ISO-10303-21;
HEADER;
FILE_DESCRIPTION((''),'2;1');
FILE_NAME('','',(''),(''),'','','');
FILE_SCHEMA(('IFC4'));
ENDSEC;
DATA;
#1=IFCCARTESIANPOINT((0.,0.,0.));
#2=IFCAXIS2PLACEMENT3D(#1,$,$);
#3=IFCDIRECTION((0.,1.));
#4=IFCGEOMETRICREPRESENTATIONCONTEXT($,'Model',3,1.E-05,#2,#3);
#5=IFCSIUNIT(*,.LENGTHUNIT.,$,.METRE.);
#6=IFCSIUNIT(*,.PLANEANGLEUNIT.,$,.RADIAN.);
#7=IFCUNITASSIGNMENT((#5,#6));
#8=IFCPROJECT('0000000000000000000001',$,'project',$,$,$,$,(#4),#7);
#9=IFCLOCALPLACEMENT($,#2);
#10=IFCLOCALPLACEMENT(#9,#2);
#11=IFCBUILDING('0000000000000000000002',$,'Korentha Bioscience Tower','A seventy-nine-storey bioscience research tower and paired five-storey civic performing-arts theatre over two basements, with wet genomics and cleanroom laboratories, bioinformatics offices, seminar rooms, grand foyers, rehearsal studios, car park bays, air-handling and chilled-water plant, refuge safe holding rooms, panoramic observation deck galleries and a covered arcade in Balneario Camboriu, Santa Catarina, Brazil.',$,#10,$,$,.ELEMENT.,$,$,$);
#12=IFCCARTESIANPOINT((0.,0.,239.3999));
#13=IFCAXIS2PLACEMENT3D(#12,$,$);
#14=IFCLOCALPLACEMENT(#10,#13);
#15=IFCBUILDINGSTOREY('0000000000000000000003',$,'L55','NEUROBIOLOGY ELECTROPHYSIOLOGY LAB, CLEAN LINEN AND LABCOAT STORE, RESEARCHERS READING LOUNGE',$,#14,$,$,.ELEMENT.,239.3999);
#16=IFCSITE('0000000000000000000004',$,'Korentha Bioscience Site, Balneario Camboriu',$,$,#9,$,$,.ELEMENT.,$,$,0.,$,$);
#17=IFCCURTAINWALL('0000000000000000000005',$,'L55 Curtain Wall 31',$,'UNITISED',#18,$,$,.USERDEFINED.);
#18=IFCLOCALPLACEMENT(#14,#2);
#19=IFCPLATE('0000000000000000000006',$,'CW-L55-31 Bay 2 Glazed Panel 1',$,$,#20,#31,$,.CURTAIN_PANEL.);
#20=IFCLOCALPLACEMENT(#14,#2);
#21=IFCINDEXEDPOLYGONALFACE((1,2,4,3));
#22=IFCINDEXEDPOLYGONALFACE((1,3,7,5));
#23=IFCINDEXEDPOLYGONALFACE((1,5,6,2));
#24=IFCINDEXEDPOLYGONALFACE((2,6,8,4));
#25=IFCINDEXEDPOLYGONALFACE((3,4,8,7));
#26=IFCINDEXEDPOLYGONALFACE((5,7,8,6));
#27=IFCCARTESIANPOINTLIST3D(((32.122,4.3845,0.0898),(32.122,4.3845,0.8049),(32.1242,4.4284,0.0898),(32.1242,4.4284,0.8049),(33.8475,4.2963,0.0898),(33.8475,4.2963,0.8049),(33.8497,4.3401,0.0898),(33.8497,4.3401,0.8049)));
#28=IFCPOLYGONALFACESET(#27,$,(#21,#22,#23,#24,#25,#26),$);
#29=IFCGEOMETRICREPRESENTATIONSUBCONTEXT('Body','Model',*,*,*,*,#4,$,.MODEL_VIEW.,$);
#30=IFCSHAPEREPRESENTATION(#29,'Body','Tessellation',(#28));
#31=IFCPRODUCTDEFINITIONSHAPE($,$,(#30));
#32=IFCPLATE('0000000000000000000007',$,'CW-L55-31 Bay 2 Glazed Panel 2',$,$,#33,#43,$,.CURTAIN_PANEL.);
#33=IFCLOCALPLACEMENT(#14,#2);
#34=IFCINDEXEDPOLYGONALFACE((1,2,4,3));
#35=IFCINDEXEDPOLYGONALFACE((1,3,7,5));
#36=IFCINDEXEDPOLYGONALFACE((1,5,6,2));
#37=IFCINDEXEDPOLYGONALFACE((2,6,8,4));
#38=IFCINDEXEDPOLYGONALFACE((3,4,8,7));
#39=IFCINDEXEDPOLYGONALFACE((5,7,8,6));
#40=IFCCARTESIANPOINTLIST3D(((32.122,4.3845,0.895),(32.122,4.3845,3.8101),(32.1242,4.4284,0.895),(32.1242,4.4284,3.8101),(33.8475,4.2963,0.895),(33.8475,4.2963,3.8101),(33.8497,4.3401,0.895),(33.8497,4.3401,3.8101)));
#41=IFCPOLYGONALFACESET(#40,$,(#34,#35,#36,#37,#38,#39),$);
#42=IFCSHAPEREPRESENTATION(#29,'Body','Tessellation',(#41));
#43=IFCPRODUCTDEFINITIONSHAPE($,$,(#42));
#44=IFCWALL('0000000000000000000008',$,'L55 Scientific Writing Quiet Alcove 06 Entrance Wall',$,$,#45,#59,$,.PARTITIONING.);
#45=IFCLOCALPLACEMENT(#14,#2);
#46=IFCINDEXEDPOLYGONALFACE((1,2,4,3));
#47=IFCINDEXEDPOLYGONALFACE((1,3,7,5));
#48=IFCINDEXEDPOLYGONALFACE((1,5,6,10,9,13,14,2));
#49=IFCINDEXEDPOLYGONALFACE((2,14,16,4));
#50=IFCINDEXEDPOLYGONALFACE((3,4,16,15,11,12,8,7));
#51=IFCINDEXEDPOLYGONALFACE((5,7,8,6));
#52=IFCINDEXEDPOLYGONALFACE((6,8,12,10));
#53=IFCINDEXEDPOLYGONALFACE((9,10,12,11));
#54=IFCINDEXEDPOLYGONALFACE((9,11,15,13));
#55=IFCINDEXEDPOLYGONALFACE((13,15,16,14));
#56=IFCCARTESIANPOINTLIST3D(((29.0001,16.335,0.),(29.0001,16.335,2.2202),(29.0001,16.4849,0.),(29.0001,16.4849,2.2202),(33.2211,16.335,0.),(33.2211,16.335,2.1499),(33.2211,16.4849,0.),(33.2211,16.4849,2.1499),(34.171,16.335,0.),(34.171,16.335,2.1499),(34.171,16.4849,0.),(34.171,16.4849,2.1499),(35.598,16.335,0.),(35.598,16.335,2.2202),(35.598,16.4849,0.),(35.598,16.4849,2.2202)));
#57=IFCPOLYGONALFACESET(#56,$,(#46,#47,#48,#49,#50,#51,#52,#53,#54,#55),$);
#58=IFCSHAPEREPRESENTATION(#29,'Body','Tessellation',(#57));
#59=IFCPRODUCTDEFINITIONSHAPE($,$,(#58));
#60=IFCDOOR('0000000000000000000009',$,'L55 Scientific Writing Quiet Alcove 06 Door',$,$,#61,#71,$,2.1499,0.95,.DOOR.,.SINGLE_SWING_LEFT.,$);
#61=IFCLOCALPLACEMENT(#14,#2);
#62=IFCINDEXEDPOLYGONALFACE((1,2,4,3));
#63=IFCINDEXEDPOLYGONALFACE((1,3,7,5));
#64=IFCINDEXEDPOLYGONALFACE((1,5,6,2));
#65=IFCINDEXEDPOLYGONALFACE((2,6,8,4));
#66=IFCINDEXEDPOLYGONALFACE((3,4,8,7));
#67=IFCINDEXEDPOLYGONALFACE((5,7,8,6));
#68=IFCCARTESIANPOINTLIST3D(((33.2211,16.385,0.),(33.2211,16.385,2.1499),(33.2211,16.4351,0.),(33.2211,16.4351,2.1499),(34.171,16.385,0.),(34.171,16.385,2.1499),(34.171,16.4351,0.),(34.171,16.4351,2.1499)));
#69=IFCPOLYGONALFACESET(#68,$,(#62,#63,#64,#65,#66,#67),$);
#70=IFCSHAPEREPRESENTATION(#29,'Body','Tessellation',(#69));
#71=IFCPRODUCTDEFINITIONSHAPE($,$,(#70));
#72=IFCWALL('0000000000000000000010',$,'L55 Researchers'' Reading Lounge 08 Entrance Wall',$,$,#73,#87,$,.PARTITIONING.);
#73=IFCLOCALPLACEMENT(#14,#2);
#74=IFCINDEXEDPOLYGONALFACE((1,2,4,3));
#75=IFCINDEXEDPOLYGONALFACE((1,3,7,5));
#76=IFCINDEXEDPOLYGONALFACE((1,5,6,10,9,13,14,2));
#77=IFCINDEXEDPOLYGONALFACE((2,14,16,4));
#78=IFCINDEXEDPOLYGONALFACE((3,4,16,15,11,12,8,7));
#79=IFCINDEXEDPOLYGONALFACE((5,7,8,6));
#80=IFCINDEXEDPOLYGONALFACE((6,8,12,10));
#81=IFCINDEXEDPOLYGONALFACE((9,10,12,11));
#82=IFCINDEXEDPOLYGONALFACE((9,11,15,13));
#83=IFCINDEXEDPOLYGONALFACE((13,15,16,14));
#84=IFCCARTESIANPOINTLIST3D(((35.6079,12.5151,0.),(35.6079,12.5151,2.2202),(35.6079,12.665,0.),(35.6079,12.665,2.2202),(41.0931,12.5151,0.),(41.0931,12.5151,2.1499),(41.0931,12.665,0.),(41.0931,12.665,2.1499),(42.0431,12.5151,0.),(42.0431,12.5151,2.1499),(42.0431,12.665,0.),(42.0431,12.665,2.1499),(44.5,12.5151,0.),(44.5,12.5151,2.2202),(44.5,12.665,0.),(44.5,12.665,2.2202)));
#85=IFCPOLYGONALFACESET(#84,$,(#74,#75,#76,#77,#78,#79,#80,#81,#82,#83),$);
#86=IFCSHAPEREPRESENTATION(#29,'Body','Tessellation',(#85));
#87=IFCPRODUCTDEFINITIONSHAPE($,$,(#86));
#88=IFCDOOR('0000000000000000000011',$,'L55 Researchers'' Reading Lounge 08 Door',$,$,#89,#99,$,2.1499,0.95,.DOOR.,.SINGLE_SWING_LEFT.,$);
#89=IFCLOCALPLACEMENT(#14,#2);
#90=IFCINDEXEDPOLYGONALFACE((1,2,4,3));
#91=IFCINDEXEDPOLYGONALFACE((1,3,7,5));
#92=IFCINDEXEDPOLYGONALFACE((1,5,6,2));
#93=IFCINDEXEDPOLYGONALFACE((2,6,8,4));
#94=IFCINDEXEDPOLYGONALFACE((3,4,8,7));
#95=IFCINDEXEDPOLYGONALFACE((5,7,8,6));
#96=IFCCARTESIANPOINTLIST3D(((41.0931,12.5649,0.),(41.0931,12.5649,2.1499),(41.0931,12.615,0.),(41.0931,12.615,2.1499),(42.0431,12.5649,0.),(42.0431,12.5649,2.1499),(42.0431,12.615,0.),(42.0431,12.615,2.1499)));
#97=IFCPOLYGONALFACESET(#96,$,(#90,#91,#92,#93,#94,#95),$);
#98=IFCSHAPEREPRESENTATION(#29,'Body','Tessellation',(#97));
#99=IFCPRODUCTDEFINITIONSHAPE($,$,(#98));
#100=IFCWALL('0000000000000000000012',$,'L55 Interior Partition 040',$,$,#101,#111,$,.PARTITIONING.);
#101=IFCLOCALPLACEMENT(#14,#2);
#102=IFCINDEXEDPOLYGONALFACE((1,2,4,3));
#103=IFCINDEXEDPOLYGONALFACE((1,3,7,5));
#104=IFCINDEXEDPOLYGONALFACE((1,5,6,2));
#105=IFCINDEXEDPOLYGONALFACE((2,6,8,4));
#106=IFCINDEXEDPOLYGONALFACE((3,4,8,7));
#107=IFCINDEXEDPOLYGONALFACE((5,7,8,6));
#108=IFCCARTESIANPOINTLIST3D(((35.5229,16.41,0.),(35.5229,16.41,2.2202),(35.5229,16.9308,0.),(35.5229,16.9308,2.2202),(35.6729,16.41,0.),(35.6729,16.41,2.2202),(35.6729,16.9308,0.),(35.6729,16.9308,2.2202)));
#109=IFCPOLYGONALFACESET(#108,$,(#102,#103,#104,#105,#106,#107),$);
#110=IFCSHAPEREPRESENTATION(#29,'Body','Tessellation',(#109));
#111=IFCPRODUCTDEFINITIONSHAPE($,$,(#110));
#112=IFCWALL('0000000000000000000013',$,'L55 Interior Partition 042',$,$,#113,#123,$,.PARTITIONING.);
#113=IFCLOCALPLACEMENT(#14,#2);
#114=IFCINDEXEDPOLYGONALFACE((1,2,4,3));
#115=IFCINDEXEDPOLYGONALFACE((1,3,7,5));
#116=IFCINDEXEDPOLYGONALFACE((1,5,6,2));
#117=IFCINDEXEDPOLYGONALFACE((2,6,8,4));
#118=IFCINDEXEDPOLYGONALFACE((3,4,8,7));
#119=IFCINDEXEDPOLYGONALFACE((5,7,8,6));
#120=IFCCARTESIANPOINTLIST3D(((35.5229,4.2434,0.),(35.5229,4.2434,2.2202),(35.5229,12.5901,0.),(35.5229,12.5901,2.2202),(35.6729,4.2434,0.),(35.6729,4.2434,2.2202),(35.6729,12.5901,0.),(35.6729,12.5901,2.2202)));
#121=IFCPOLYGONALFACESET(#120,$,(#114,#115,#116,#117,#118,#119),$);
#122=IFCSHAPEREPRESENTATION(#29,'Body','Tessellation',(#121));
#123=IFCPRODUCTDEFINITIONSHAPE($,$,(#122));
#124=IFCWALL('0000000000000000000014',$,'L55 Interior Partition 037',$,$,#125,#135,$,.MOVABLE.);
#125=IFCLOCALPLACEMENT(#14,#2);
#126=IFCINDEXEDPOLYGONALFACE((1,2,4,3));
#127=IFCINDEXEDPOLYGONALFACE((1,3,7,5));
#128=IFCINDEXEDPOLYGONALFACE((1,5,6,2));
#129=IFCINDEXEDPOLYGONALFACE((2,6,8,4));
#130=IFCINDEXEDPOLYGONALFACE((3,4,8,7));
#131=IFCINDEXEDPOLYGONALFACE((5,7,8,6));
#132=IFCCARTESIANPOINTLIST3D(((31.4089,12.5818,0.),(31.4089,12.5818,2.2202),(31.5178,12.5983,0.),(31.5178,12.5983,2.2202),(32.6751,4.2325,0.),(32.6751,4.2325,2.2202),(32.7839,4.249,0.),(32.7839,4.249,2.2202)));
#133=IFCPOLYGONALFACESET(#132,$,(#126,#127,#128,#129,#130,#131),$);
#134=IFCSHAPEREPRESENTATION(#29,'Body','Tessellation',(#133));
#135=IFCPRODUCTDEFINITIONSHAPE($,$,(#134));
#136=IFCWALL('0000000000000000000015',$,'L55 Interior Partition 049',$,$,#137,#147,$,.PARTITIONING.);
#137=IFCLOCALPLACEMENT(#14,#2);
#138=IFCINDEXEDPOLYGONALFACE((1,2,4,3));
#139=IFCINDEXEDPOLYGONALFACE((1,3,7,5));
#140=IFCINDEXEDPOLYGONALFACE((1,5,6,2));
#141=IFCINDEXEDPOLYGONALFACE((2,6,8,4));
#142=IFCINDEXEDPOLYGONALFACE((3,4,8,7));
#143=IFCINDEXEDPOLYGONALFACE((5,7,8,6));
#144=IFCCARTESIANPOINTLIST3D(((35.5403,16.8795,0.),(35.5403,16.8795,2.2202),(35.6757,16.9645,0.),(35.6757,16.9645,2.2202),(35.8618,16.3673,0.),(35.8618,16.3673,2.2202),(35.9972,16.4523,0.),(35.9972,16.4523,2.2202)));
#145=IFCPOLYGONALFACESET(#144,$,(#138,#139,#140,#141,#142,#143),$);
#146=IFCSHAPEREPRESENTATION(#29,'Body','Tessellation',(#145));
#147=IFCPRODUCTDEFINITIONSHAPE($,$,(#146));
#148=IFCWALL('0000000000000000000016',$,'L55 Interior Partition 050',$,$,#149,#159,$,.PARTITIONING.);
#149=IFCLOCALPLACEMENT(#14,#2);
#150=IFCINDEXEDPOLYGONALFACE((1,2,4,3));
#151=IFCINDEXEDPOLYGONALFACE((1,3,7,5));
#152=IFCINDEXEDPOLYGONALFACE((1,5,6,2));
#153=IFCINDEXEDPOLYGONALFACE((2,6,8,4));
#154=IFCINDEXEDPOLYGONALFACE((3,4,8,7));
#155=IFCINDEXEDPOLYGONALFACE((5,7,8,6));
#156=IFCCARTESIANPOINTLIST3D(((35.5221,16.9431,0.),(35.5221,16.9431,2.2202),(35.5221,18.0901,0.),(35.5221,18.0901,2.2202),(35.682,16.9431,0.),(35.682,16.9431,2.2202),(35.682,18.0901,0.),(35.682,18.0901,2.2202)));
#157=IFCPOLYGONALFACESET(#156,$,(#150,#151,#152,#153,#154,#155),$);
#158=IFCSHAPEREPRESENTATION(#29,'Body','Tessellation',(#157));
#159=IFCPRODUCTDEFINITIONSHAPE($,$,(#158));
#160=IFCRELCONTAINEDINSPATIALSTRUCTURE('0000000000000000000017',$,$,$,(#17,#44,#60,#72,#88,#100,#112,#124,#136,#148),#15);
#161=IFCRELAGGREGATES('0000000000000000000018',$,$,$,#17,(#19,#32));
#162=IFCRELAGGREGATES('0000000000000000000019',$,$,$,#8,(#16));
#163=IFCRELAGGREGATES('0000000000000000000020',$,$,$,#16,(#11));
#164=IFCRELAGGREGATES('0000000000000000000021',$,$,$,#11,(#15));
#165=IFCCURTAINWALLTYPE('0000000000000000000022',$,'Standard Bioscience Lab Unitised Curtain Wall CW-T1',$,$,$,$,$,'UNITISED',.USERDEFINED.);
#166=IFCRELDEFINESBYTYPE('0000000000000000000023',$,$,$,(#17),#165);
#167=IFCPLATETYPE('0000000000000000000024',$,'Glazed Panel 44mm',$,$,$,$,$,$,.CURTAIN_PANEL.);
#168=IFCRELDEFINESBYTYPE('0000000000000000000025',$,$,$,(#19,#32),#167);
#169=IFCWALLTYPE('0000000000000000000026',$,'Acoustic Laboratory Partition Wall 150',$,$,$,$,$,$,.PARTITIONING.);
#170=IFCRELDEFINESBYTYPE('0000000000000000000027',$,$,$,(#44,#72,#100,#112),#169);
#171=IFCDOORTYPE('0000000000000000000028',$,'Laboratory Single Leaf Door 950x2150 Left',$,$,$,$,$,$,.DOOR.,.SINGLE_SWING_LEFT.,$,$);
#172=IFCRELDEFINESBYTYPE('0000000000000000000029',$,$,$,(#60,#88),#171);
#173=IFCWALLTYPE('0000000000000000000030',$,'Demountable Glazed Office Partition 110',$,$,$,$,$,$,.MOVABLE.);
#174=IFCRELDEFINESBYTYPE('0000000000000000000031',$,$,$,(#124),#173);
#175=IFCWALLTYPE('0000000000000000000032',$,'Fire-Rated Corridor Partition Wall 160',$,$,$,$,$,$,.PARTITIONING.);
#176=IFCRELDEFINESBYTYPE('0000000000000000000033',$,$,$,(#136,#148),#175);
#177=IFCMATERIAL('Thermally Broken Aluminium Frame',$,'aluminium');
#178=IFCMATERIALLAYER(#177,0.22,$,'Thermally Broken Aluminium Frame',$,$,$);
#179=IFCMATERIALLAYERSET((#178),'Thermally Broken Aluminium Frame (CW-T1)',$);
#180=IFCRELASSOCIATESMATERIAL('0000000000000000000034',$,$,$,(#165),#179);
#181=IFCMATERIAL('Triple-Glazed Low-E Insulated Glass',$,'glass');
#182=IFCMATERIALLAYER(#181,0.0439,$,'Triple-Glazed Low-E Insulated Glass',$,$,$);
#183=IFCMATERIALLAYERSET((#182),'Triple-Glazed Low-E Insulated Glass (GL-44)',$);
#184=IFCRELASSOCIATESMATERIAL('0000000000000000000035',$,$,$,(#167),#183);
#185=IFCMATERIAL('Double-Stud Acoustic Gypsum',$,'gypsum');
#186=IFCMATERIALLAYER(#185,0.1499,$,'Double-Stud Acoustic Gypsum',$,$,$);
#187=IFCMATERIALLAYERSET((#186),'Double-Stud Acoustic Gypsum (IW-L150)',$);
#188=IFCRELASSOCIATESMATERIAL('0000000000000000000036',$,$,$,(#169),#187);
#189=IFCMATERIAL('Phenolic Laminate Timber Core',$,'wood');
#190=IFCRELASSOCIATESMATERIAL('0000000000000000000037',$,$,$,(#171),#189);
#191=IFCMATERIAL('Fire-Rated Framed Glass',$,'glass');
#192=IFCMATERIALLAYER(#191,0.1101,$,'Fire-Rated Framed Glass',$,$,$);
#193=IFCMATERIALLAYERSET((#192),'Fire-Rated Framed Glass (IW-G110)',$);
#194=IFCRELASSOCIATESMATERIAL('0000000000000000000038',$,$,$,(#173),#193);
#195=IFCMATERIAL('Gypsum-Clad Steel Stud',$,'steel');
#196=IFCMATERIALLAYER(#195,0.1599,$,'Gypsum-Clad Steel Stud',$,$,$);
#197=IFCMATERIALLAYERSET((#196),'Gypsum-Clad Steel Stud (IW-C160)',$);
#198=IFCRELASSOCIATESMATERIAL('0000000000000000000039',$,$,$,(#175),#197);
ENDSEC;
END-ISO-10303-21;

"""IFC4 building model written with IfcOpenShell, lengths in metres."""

from ifc_helpers import new_model, si_unit, direction, frame, frame_2d, origin, origin_2d, place, context, subcontext, project, spatial, rectangle, extrude, material, layer, layer_set, type_object, element, fill, aggregate, save


model = new_model("IFC4")

# Units and contexts
model_context = context("Model", 3, precision=1e-05, world=origin(), true_north=direction((0.0, 1.0)))
body_context = subcontext(model_context, "Body", "Model", "MODEL_VIEW")
ifc_project = project(units=[si_unit("LENGTHUNIT", "METRE"), si_unit("PLANEANGLEUNIT", "RADIAN")], contexts=[model_context])

# Site, building, storey
site_placement = place(None, origin())
site = spatial("IfcSite", under=ifc_project, at=site_placement, Name="Korentha Bioscience Site, Balneario Camboriu", CompositionType="ELEMENT", RefElevation=0.0)
building_placement = place(site_placement, origin())
building = spatial("IfcBuilding", under=site, at=building_placement, Name="Korentha Bioscience Tower", Description="A seventy-nine-storey bioscience research tower and paired five-storey civic performing-arts theatre over two basements, with wet genomics and cleanroom laboratories, bioinformatics offices, seminar rooms, grand foyers, rehearsal studios, car park bays, air-handling and chilled-water plant, refuge safe holding rooms, panoramic observation deck galleries and a covered arcade in Balneario Camboriu, Santa Catarina, Brazil.", CompositionType="ELEMENT")
storey_placement = place(building_placement, frame((0.0, 0.0, 239.3999)))
storey = spatial("IfcBuildingStorey", under=building, at=storey_placement, Name="L55", Description="NEUROBIOLOGY ELECTROPHYSIOLOGY LAB, CLEAN LINEN AND LABCOAT STORE, RESEARCHERS READING LOUNGE", CompositionType="ELEMENT", Elevation=239.3999)

# Curtain wall, plates
ifc_material_1 = material(Name="Thermally Broken Aluminium Frame", Category="aluminium")
ifc_layer_1 = layer(ifc_material_1, 0.22, Name="Thermally Broken Aluminium Frame")
ifc_layer_set_1 = layer_set([ifc_layer_1], Name="Thermally Broken Aluminium Frame (CW-T1)")
curtain_wall_type = type_object("IfcCurtainWallType", Name="Standard Bioscience Lab Unitised Curtain Wall CW-T1", ElementType="UNITISED", PredefinedType="USERDEFINED", material=ifc_layer_set_1)
curtain_wall_placement = place(storey_placement, origin())
curtain_wall = element("IfcCurtainWall", 1, at=curtain_wall_placement, inside=storey, type_object=curtain_wall_type, Name="L55 Curtain Wall 31", ObjectType="UNITISED", PredefinedType="USERDEFINED")
ifc_material_2 = material(Name="Triple-Glazed Low-E Insulated Glass", Category="glass")
ifc_layer_2 = layer(ifc_material_2, 0.0439, Name="Triple-Glazed Low-E Insulated Glass")
ifc_layer_set_2 = layer_set([ifc_layer_2], Name="Triple-Glazed Low-E Insulated Glass (GL-44)")
plate_type = type_object("IfcPlateType", Name="Glazed Panel 44mm", PredefinedType="CURTAIN_PANEL", material=ifc_layer_set_2)
plate_1_placement = place(storey_placement, frame((32.9858, 4.3623, 0.0898), z_axis=(0.0, 0.0, 1.0), x_axis=(0.998696, -0.051055, 0.0)))
plate_1 = element("IfcPlate", 2, at=plate_1_placement, type_object=plate_type, Name="CW-L55-31 Bay 2 Glazed Panel 1", PredefinedType="CURTAIN_PANEL", context=body_context, shape_type="SweptSolid", body=[
    extrude(rectangle(XDim=1.7278, YDim=0.0439, at=origin_2d()), origin(), (0.0, 0.0, 1.0), 0.7151),
])
plate_2_placement = place(storey_placement, frame((32.9858, 4.3623, 0.895), z_axis=(0.0, 0.0, 1.0), x_axis=(0.998696, -0.051055, 0.0)))
plate_2 = element("IfcPlate", 3, at=plate_2_placement, type_object=plate_type, Name="CW-L55-31 Bay 2 Glazed Panel 2", PredefinedType="CURTAIN_PANEL", context=body_context, shape_type="SweptSolid", body=[
    extrude(rectangle(XDim=1.7278, YDim=0.0439, at=origin_2d()), origin(), (0.0, 0.0, 1.0), 2.915),
])
aggregate(curtain_wall, [plate_1, plate_2])

# Walls, openings, doors
ifc_material_3 = material(Name="Double-Stud Acoustic Gypsum", Category="gypsum")
ifc_layer_3 = layer(ifc_material_3, 0.1499, Name="Double-Stud Acoustic Gypsum")
ifc_layer_set_3 = layer_set([ifc_layer_3], Name="Double-Stud Acoustic Gypsum (IW-L150)")
wall_type_1 = type_object("IfcWallType", Name="Acoustic Laboratory Partition Wall 150", PredefinedType="PARTITIONING", material=ifc_layer_set_3)
wall_1_placement = place(storey_placement, frame((35.5979, 16.4099, 0.0), z_axis=(0.0, 0.0, 1.0), x_axis=(-1.0, 0.0, 0.0)))
wall_1 = element("IfcWall", 4, at=wall_1_placement, inside=storey, type_object=wall_type_1, Name="L55 Scientific Writing Quiet Alcove 06 Entrance Wall", PredefinedType="PARTITIONING", context=body_context, shape_type="SweptSolid", body=[
    extrude(rectangle(XDim=6.5979, YDim=0.1499, at=frame_2d((3.2988, 0.0))), origin(), (0.0, 0.0, 1.0), 2.2202),
])
opening_1_placement = place(wall_1_placement, frame((1.4268, 0.0, 0.0)))
opening_1 = element("IfcOpeningElement", 5, at=opening_1_placement, cuts=wall_1, PredefinedType="OPENING", context=body_context, shape_type="SweptSolid", body=[
    extrude(rectangle(XDim=0.95, YDim=2.1499, at=frame_2d((0.4751, 1.075))), frame((0.0, 0.0898, 0.0), z_axis=(0.0, -1.0, 0.0), x_axis=(1.0, 0.0, 0.0)), (0.0, 0.0, 1.0), 0.1797),
])
ifc_material_4 = material(Name="Phenolic Laminate Timber Core", Category="wood")
door_type_1 = type_object("IfcDoorType", Name="Laboratory Single Leaf Door 950x2150 Left", OperationType="SINGLE_SWING_LEFT", PredefinedType="DOOR", material=ifc_material_4)
door_1_placement = place(opening_1_placement, origin())
door_1 = element("IfcDoor", 6, at=door_1_placement, inside=storey, type_object=door_type_1, Name="L55 Scientific Writing Quiet Alcove 06 Door", OperationType="SINGLE_SWING_LEFT", OverallHeight=2.1499, OverallWidth=0.95, PredefinedType="DOOR", context=body_context, shape_type="SweptSolid", body=[
    extrude(rectangle(XDim=0.95, YDim=2.1499, at=frame_2d((0.4751, 1.075))), frame((0.0, 0.0249, 0.0), z_axis=(0.0, -1.0, 0.0), x_axis=(1.0, 0.0, 0.0)), (0.0, 0.0, 1.0), 0.05),
])
fill(opening_1, door_1)
wall_2_placement = place(storey_placement, frame((35.6079, 12.5901, 0.0), z_axis=(0.0, 0.0, 1.0), x_axis=(1.0, 0.0, 0.0)))
wall_2 = element("IfcWall", 7, at=wall_2_placement, inside=storey, type_object=wall_type_1, Name="L55 Researchers' Reading Lounge 08 Entrance Wall", PredefinedType="PARTITIONING", context=body_context, shape_type="SweptSolid", body=[
    extrude(rectangle(XDim=8.8921, YDim=0.1499, at=frame_2d((4.446, 0.0))), origin(), (0.0, 0.0, 1.0), 2.2202),
])
opening_2_placement = place(wall_2_placement, frame((5.4851, 0.0, 0.0)))
opening_2 = element("IfcOpeningElement", 8, at=opening_2_placement, cuts=wall_2, PredefinedType="OPENING", context=body_context, shape_type="SweptSolid", body=[
    extrude(rectangle(XDim=0.95, YDim=2.1499, at=frame_2d((0.4751, 1.075))), frame((0.0, 0.0898, 0.0), z_axis=(0.0, -1.0, 0.0), x_axis=(1.0, 0.0, 0.0)), (0.0, 0.0, 1.0), 0.1797),
])
door_2_placement = place(opening_2_placement, origin())
door_2 = element("IfcDoor", 9, at=door_2_placement, inside=storey, type_object=door_type_1, Name="L55 Researchers' Reading Lounge 08 Door", OperationType="SINGLE_SWING_LEFT", OverallHeight=2.1499, OverallWidth=0.95, PredefinedType="DOOR", context=body_context, shape_type="SweptSolid", body=[
    extrude(rectangle(XDim=0.95, YDim=2.1499, at=frame_2d((0.4751, 1.075))), frame((0.0, 0.0249, 0.0), z_axis=(0.0, -1.0, 0.0), x_axis=(1.0, 0.0, 0.0)), (0.0, 0.0, 1.0), 0.05),
])
fill(opening_2, door_2)

# Walls
wall_3_placement = place(storey_placement, frame((35.5979, 16.9307, 0.0), z_axis=(0.0, 0.0, 1.0), x_axis=(0.0, -1.0, 0.0)))
element("IfcWall", 10, at=wall_3_placement, inside=storey, type_object=wall_type_1, Name="L55 Interior Partition 040", PredefinedType="PARTITIONING", context=body_context, shape_type="SweptSolid", body=[
    extrude(rectangle(XDim=0.5208, YDim=0.1499, at=frame_2d((0.2603, 0.0))), origin(), (0.0, 0.0, 1.0), 2.2202),
])
wall_4_placement = place(storey_placement, frame((35.5979, 12.5901, 0.0), z_axis=(0.0, 0.0, 1.0), x_axis=(0.0, -1.0, 0.0)))
element("IfcWall", 11, at=wall_4_placement, inside=storey, type_object=wall_type_1, Name="L55 Interior Partition 042", PredefinedType="PARTITIONING", context=body_context, shape_type="SweptSolid", body=[
    extrude(rectangle(XDim=8.3467, YDim=0.1499, at=frame_2d((4.1733, 0.0))), origin(), (0.0, 0.0, 1.0), 2.2202),
])
ifc_material_5 = material(Name="Fire-Rated Framed Glass", Category="glass")
ifc_layer_4 = layer(ifc_material_5, 0.1101, Name="Fire-Rated Framed Glass")
ifc_layer_set_4 = layer_set([ifc_layer_4], Name="Fire-Rated Framed Glass (IW-G110)")
wall_type_2 = type_object("IfcWallType", Name="Demountable Glazed Office Partition 110", PredefinedType="MOVABLE", material=ifc_layer_set_4)
wall_5_placement = place(storey_placement, frame((31.4634, 12.5901, 0.0), z_axis=(0.0, 0.0, 1.0), x_axis=(0.149928, -0.988697, 0.0)))
element("IfcWall", 12, at=wall_5_placement, inside=storey, type_object=wall_type_2, Name="L55 Interior Partition 037", PredefinedType="MOVABLE", context=body_context, shape_type="SweptSolid", body=[
    extrude(rectangle(XDim=8.4448, YDim=0.1101, at=frame_2d((4.2224, 0.0))), origin(), (0.0, 0.0, 1.0), 2.2202),
])
ifc_material_6 = material(Name="Gypsum-Clad Steel Stud", Category="steel")
ifc_layer_5 = layer(ifc_material_6, 0.1599, Name="Gypsum-Clad Steel Stud")
ifc_layer_set_5 = layer_set([ifc_layer_5], Name="Gypsum-Clad Steel Stud (IW-C160)")
wall_type_3 = type_object("IfcWallType", Name="Fire-Rated Corridor Partition Wall 160", PredefinedType="PARTITIONING", material=ifc_layer_set_5)
wall_6_placement = place(storey_placement, frame((35.9294, 16.4099, 0.0), z_axis=(0.0, 0.0, 1.0), x_axis=(-0.531667, 0.846953, 0.0)))
element("IfcWall", 13, at=wall_6_placement, inside=storey, type_object=wall_type_3, Name="L55 Interior Partition 049", PredefinedType="PARTITIONING", context=body_context, shape_type="SweptSolid", body=[
    extrude(rectangle(XDim=0.6047, YDim=0.1599, at=frame_2d((0.3022, 0.0))), origin(), (0.0, 0.0, 1.0), 2.2202),
])
wall_7_placement = place(storey_placement, frame((35.6021, 16.9431, 0.0), z_axis=(0.0, 0.0, 1.0), x_axis=(0.0, 1.0, 0.0)))
element("IfcWall", 14, at=wall_7_placement, inside=storey, type_object=wall_type_3, Name="L55 Interior Partition 050", PredefinedType="PARTITIONING", context=body_context, shape_type="SweptSolid", body=[
    extrude(rectangle(XDim=1.147, YDim=0.1599, at=frame_2d((0.5735, 0.0))), origin(), (0.0, 0.0, 1.0), 2.2202),
])

save(model, "model.ifc")
